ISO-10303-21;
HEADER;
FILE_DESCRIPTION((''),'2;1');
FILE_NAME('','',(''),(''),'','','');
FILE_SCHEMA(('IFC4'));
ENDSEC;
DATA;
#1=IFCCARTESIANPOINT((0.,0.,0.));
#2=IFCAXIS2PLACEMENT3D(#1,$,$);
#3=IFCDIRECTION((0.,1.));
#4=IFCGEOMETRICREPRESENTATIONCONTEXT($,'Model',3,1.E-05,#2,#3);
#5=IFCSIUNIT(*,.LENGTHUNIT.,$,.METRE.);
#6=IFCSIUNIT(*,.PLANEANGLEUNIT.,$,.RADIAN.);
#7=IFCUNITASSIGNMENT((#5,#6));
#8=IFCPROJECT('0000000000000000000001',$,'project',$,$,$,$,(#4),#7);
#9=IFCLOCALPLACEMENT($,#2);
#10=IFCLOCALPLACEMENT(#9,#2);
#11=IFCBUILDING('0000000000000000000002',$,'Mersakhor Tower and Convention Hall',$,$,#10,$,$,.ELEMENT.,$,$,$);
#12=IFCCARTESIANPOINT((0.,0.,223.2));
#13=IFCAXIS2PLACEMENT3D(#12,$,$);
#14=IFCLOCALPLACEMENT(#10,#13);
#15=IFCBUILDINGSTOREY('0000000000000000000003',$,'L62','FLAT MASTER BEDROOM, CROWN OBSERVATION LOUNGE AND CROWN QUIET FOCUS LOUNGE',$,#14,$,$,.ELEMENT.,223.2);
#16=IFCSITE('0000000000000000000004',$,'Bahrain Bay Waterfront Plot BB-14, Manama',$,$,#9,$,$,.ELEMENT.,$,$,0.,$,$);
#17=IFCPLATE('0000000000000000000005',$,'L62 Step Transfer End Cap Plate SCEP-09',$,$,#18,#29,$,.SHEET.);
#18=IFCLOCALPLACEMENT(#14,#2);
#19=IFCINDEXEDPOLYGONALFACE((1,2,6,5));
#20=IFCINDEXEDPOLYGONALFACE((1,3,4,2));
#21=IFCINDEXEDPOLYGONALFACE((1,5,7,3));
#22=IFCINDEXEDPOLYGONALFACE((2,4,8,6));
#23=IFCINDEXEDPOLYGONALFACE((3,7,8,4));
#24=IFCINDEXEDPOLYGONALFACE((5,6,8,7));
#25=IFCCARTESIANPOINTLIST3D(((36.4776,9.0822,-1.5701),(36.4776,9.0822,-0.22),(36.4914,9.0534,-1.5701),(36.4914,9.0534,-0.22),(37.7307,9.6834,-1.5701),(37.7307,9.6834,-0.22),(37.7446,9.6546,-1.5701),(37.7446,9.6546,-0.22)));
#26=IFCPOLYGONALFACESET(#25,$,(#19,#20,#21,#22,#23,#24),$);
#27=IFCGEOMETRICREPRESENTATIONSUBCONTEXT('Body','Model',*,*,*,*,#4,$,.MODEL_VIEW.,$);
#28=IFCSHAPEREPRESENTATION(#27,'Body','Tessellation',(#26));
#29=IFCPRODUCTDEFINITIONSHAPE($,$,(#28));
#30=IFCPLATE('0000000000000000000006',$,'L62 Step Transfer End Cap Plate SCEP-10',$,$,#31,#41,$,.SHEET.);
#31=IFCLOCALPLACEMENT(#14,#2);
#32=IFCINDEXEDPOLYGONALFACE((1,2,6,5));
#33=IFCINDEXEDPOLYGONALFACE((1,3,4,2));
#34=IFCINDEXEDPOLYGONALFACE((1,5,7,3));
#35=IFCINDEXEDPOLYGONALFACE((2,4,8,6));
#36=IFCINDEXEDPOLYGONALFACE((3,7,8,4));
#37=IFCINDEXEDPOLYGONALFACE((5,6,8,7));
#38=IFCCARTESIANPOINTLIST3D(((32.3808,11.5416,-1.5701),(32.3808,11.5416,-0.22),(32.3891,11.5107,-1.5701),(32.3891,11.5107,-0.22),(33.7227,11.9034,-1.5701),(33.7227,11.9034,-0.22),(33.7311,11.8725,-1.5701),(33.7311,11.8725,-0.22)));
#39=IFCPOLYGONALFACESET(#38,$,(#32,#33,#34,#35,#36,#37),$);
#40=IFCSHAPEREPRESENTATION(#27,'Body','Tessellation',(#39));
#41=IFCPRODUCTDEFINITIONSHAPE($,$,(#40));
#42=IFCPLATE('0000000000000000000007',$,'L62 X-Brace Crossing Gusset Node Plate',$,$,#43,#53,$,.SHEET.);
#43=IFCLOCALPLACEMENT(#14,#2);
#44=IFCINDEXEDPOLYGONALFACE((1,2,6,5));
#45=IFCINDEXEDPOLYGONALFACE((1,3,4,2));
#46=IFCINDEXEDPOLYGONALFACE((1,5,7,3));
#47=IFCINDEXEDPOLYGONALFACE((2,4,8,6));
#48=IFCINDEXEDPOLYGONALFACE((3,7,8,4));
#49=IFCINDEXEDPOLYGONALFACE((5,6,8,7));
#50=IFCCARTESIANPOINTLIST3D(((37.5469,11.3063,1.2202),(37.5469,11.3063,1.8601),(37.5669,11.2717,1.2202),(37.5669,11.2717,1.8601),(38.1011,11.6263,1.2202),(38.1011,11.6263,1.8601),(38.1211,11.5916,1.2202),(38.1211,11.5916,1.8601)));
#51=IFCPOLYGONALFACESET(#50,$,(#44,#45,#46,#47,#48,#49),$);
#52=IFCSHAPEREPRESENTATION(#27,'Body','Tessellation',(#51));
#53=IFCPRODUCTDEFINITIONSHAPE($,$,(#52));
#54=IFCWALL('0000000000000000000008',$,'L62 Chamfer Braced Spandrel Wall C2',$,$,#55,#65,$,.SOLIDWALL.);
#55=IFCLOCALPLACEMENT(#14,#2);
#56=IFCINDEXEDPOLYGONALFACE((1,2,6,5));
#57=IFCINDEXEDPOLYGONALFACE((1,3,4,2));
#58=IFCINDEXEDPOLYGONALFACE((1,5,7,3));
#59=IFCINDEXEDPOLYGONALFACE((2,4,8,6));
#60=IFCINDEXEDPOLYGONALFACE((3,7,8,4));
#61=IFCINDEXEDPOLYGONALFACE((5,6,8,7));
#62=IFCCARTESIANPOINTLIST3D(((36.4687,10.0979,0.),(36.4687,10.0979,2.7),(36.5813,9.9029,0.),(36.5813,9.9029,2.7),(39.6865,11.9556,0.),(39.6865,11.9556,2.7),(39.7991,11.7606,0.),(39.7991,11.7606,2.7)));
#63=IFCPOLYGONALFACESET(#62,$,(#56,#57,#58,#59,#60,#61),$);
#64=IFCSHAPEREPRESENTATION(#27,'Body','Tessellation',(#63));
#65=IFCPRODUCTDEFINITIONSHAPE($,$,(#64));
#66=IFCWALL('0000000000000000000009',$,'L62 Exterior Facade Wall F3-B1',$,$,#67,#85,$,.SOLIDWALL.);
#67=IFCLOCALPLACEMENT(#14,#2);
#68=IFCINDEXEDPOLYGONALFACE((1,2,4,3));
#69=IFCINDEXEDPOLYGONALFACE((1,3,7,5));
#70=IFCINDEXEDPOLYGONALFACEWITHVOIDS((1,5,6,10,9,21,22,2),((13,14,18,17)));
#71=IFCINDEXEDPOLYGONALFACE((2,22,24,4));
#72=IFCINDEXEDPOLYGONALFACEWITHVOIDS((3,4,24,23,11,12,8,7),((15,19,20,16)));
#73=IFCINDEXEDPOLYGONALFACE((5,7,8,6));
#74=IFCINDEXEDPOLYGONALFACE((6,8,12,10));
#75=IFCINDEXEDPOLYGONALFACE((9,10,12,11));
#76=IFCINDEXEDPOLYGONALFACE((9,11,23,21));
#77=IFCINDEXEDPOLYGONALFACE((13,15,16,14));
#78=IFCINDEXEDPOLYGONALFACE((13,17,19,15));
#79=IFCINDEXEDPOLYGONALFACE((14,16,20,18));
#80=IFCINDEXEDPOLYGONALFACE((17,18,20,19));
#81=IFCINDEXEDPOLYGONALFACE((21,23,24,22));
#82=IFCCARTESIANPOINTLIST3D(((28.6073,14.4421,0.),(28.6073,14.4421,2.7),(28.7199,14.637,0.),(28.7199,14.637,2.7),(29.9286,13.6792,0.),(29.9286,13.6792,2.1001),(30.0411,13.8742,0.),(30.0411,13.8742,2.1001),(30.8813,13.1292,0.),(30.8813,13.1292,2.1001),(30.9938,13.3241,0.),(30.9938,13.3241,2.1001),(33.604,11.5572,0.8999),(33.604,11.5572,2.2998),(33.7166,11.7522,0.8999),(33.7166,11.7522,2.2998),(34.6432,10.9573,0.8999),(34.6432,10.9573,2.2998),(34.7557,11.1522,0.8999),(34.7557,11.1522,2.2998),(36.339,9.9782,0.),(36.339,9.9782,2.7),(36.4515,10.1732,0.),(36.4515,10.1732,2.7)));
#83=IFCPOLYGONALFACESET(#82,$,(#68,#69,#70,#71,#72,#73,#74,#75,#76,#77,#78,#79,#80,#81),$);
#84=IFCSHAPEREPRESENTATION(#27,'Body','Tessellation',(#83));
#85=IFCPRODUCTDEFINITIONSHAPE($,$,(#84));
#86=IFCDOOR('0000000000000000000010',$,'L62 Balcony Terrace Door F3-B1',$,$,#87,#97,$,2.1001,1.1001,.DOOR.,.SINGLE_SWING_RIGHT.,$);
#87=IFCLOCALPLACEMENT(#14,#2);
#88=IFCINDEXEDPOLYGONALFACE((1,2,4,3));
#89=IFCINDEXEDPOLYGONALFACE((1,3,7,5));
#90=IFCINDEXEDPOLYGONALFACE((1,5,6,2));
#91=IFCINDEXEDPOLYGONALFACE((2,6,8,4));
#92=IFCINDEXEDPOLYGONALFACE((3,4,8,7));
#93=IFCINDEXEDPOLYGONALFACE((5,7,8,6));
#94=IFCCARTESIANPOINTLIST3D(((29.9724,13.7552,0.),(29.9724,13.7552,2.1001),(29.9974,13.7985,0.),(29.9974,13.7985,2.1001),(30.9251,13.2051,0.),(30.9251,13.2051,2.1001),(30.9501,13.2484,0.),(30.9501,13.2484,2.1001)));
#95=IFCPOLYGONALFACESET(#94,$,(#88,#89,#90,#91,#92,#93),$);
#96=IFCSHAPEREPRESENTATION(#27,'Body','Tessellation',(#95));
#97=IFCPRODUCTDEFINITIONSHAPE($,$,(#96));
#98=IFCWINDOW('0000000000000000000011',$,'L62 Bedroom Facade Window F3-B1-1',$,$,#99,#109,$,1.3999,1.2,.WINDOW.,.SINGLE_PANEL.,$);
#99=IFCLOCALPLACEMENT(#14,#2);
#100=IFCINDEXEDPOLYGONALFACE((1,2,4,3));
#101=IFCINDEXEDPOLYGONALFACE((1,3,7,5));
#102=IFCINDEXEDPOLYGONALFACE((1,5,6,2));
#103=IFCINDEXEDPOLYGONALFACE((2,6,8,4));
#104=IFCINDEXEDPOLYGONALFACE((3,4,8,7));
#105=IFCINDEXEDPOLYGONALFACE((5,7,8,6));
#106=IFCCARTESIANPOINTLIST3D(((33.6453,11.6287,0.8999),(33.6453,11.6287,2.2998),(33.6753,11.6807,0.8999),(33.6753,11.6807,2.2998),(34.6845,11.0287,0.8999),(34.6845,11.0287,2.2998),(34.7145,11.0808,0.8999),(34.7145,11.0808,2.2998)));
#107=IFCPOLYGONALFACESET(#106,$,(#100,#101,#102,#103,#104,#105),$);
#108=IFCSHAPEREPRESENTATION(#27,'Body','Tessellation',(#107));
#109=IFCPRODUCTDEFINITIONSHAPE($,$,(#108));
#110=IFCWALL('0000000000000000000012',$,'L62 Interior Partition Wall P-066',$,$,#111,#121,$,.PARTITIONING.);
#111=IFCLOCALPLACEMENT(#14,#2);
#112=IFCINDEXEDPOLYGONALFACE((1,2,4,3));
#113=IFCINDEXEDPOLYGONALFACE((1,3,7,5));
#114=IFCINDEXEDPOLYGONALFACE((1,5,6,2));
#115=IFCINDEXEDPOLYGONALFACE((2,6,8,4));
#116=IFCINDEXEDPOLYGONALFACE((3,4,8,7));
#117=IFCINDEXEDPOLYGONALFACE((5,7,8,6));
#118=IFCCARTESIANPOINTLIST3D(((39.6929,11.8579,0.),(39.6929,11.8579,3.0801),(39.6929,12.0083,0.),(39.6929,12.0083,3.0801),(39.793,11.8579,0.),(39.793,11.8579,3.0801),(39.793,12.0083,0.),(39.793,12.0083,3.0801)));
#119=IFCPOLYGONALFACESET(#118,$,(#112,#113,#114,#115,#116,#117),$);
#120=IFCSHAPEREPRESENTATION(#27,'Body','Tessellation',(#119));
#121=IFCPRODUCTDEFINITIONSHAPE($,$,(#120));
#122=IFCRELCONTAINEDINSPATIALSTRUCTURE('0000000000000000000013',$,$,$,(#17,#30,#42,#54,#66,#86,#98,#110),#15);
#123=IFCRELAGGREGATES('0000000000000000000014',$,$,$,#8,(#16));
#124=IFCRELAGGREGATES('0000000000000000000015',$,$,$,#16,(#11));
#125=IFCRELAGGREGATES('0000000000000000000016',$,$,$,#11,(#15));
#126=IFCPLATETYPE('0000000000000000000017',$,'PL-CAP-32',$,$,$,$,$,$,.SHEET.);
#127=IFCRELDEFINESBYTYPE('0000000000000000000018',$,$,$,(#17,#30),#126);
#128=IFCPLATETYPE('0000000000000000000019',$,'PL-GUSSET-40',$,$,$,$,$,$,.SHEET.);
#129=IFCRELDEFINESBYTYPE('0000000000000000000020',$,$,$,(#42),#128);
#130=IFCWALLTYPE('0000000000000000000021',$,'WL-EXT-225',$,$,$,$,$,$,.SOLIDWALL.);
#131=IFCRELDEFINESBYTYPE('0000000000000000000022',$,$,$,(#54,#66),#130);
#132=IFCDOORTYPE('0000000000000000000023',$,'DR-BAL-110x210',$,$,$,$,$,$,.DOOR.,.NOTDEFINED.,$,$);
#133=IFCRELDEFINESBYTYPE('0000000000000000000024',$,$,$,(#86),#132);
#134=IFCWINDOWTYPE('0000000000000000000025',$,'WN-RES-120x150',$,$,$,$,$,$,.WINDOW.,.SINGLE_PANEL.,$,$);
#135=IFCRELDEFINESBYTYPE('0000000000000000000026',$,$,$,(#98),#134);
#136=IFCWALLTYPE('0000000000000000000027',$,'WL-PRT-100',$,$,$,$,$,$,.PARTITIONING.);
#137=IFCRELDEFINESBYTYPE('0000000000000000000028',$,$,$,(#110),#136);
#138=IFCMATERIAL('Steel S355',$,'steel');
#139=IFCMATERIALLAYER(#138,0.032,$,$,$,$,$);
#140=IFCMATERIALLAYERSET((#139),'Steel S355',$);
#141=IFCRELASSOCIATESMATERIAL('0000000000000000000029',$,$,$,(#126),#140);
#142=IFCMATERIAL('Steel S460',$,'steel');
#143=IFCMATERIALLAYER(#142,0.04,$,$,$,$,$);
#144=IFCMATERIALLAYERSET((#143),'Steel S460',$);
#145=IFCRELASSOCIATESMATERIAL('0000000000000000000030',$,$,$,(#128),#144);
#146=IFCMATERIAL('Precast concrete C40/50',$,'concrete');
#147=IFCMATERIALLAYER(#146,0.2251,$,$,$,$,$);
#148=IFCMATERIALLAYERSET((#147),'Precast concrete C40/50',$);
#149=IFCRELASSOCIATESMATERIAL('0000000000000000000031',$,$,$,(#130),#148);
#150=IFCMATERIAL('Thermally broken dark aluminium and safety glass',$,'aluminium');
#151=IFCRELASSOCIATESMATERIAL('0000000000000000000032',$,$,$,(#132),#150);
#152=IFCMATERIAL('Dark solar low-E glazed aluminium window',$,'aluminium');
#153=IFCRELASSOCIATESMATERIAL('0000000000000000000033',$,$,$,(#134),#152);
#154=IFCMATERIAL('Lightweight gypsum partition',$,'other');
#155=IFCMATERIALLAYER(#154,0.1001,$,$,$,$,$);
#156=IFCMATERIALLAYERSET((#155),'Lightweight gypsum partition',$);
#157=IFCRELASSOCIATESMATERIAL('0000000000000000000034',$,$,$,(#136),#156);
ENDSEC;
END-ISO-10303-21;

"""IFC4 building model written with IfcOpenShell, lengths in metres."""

from ifc_helpers import new_model, si_unit, direction, frame, frame_2d, origin, origin_2d, place, context, subcontext, project, spatial, rectangle, extrude, material, layer, layer_set, type_object, element, fill, save


model = new_model("IFC4")

# Units and contexts
model_context = context("Model", 3, precision=1e-05, world=origin(), true_north=direction((0.0, 1.0)))
body_context = subcontext(model_context, "Body", "Model", "MODEL_VIEW")
ifc_project = project(units=[si_unit("LENGTHUNIT", "METRE"), si_unit("PLANEANGLEUNIT", "RADIAN")], contexts=[model_context])

# Site, building, storey
site_placement = place(None, origin())
site = spatial("IfcSite", under=ifc_project, at=site_placement, Name="Bahrain Bay Waterfront Plot BB-14, Manama", CompositionType="ELEMENT", RefElevation=0.0)
building_placement = place(site_placement, origin())
building = spatial("IfcBuilding", under=site, at=building_placement, Name="Mersakhor Tower and Convention Hall", CompositionType="ELEMENT")
storey_placement = place(building_placement, frame((0.0, 0.0, 223.2)))
storey = spatial("IfcBuildingStorey", under=building, at=storey_placement, Name="L62", Description="FLAT MASTER BEDROOM, CROWN OBSERVATION LOUNGE AND CROWN QUIET FOCUS LOUNGE", CompositionType="ELEMENT", Elevation=223.2)

# Plates
ifc_material_1 = material(Name="Steel S355", Category="steel")
ifc_layer_1 = layer(ifc_material_1, 0.032)
ifc_layer_set_1 = layer_set([ifc_layer_1], Name="Steel S355")
plate_type_1 = type_object("IfcPlateType", Name="PL-CAP-32", PredefinedType="SHEET", material=ifc_layer_set_1)
for number, where, z_axis, x_axis, name in (
    (1, (37.1111, 9.3684, -1.5701), (0.0, 0.0, 1.0), (-0.432558, 0.901606, 0.0), "L62 Step Transfer End Cap Plate SCEP-09"),
    (2, (33.0559, 11.707, -1.5701), (0.0, 0.0, 1.0), (-0.260336, 0.965518, 0.0), "L62 Step Transfer End Cap Plate SCEP-10"),
):
    element("IfcPlate", number, at=place(storey_placement, frame(where, z_axis=z_axis, x_axis=x_axis)), inside=storey, type_object=plate_type_1, Name=name, PredefinedType="SHEET", context=body_context, shape_type="SweptSolid", body=[
        extrude(rectangle(XDim=0.032, YDim=1.3899, at=origin_2d()), origin(), (0.0, 0.0, 1.0), 1.3501),
    ])
ifc_material_2 = material(Name="Steel S460", Category="steel")
ifc_layer_2 = layer(ifc_material_2, 0.04)
ifc_layer_set_2 = layer_set([ifc_layer_2], Name="Steel S460")
plate_type_2 = type_object("IfcPlateType", Name="PL-GUSSET-40", PredefinedType="SHEET", material=ifc_layer_set_2)
plate_placement = place(storey_placement, frame((37.834, 11.449, 1.2202), z_axis=(0.0, 0.0, 1.0), x_axis=(0.866025, 0.5, 0.0)))
element("IfcPlate", 3, at=plate_placement, inside=storey, type_object=plate_type_2, Name="L62 X-Brace Crossing Gusset Node Plate", PredefinedType="SHEET", context=body_context, shape_type="SweptSolid", body=[
    extrude(rectangle(XDim=0.6399, YDim=0.04, at=origin_2d()), origin(), (0.0, 0.0, 1.0), 0.6399),
])

# Wall
ifc_material_3 = material(Name="Precast concrete C40/50", Category="concrete")
ifc_layer_3 = layer(ifc_material_3, 0.2251)
ifc_layer_set_3 = layer_set([ifc_layer_3], Name="Precast concrete C40/50")
wall_type_1 = type_object("IfcWallType", Name="WL-EXT-225", PredefinedType="SOLIDWALL", material=ifc_layer_set_3)
wall_1_placement = place(storey_placement, frame((39.7429, 11.8582, 0.0), z_axis=(0.0, 0.0, 1.0), x_axis=(-0.866039, -0.499977, 0.0)))
element("IfcWall", 4, at=wall_1_placement, inside=storey, type_object=wall_type_1, Name="L62 Chamfer Braced Spandrel Wall C2", PredefinedType="SOLIDWALL", context=body_context, shape_type="SweptSolid", body=[
    extrude(rectangle(XDim=3.7156, YDim=0.2251, at=frame_2d((1.8579, 0.0))), origin(), (0.0, 0.0, 1.0), 2.7),
])

# Wall, openings, door, window
wall_2_placement = place(storey_placement, frame((36.3953, 10.0757, 0.0), z_axis=(0.0, 0.0, 1.0), x_axis=(-0.866027, 0.499998, 0.0)))
wall_2 = element("IfcWall", 5, at=wall_2_placement, inside=storey, type_object=wall_type_1, Name="L62 Exterior Facade Wall F3-B1", PredefinedType="SOLIDWALL", context=body_context, shape_type="SweptSolid", body=[
    extrude(rectangle(XDim=8.9277, YDim=0.2251, at=frame_2d((4.4639, 0.0))), origin(), (0.0, 0.0, 1.0), 2.7),
])
opening_1_placement = place(wall_2_placement, frame((6.302, 0.0, 0.0)))
opening_1 = element("IfcOpeningElement", 6, at=opening_1_placement, cuts=wall_2, PredefinedType="OPENING", context=body_context, shape_type="SweptSolid", body=[
    extrude(rectangle(XDim=1.1001, YDim=2.1001, at=frame_2d((0.55, 1.05))), frame((0.0, 0.1226, 0.0), z_axis=(0.0, -1.0, 0.0), x_axis=(1.0, 0.0, 0.0)), (0.0, 0.0, 1.0), 0.2451),
])
opening_2_placement = place(wall_2_placement, frame((1.958, 0.0, 0.8999)))
opening_2 = element("IfcOpeningElement", 7, at=opening_2_placement, cuts=wall_2, PredefinedType="OPENING", context=body_context, shape_type="SweptSolid", body=[
    extrude(rectangle(XDim=1.2, YDim=1.3999, at=frame_2d((0.6001, 0.7))), frame((0.0, 0.1226, 0.0), z_axis=(0.0, -1.0, 0.0), x_axis=(1.0, 0.0, 0.0)), (0.0, 0.0, 1.0), 0.2451),
])
ifc_material_4 = material(Name="Thermally broken dark aluminium and safety glass", Category="aluminium")
door_type = type_object("IfcDoorType", Name="DR-BAL-110x210", OperationType="NOTDEFINED", PredefinedType="DOOR", material=ifc_material_4)
door_placement = place(opening_1_placement, origin())
door = element("IfcDoor", 8, at=door_placement, inside=storey, type_object=door_type, Name="L62 Balcony Terrace Door F3-B1", OperationType="SINGLE_SWING_RIGHT", OverallHeight=2.1001, OverallWidth=1.1001, PredefinedType="DOOR", context=body_context, shape_type="SweptSolid", body=[
    extrude(rectangle(XDim=1.1001, YDim=2.1001, at=frame_2d((0.55, 1.05))), frame((0.0, 0.0249, 0.0), z_axis=(0.0, -1.0, 0.0), x_axis=(1.0, 0.0, 0.0)), (0.0, 0.0, 1.0), 0.05),
])
fill(opening_1, door)
ifc_material_5 = material(Name="Dark solar low-E glazed aluminium window", Category="aluminium")
window_type = type_object("IfcWindowType", Name="WN-RES-120x150", PartitioningType="SINGLE_PANEL", PredefinedType="WINDOW", material=ifc_material_5)
window_placement = place(opening_2_placement, origin())
window = element("IfcWindow", 9, at=window_placement, inside=storey, type_object=window_type, Name="L62 Bedroom Facade Window F3-B1-1", OverallHeight=1.3999, OverallWidth=1.2, PartitioningType="SINGLE_PANEL", PredefinedType="WINDOW", context=body_context, shape_type="SweptSolid", body=[
    extrude(rectangle(XDim=1.2, YDim=1.3999, at=frame_2d((0.6001, 0.7))), frame((0.0, 0.03, 0.0), z_axis=(0.0, -1.0, 0.0), x_axis=(1.0, 0.0, 0.0)), (0.0, 0.0, 1.0), 0.0601),
])
fill(opening_2, window)

# Wall
ifc_material_6 = material(Name="Lightweight gypsum partition", Category="other")
ifc_layer_4 = layer(ifc_material_6, 0.1001)
ifc_layer_set_4 = layer_set([ifc_layer_4], Name="Lightweight gypsum partition")
wall_type_2 = type_object("IfcWallType", Name="WL-PRT-100", PredefinedType="PARTITIONING", material=ifc_layer_set_4)
wall_3_placement = place(storey_placement, frame((39.7429, 12.0083, 0.0), z_axis=(0.0, 0.0, 1.0), x_axis=(0.0, -1.0, 0.0)))
element("IfcWall", 10, at=wall_3_placement, inside=storey, type_object=wall_type_2, Name="L62 Interior Partition Wall P-066", PredefinedType="PARTITIONING", context=body_context, shape_type="SweptSolid", body=[
    extrude(rectangle(XDim=0.1504, YDim=0.1001, at=frame_2d((0.0752, 0.0))), origin(), (0.0, 0.0, 1.0), 3.0801),
])

save(model, "model.ifc")
